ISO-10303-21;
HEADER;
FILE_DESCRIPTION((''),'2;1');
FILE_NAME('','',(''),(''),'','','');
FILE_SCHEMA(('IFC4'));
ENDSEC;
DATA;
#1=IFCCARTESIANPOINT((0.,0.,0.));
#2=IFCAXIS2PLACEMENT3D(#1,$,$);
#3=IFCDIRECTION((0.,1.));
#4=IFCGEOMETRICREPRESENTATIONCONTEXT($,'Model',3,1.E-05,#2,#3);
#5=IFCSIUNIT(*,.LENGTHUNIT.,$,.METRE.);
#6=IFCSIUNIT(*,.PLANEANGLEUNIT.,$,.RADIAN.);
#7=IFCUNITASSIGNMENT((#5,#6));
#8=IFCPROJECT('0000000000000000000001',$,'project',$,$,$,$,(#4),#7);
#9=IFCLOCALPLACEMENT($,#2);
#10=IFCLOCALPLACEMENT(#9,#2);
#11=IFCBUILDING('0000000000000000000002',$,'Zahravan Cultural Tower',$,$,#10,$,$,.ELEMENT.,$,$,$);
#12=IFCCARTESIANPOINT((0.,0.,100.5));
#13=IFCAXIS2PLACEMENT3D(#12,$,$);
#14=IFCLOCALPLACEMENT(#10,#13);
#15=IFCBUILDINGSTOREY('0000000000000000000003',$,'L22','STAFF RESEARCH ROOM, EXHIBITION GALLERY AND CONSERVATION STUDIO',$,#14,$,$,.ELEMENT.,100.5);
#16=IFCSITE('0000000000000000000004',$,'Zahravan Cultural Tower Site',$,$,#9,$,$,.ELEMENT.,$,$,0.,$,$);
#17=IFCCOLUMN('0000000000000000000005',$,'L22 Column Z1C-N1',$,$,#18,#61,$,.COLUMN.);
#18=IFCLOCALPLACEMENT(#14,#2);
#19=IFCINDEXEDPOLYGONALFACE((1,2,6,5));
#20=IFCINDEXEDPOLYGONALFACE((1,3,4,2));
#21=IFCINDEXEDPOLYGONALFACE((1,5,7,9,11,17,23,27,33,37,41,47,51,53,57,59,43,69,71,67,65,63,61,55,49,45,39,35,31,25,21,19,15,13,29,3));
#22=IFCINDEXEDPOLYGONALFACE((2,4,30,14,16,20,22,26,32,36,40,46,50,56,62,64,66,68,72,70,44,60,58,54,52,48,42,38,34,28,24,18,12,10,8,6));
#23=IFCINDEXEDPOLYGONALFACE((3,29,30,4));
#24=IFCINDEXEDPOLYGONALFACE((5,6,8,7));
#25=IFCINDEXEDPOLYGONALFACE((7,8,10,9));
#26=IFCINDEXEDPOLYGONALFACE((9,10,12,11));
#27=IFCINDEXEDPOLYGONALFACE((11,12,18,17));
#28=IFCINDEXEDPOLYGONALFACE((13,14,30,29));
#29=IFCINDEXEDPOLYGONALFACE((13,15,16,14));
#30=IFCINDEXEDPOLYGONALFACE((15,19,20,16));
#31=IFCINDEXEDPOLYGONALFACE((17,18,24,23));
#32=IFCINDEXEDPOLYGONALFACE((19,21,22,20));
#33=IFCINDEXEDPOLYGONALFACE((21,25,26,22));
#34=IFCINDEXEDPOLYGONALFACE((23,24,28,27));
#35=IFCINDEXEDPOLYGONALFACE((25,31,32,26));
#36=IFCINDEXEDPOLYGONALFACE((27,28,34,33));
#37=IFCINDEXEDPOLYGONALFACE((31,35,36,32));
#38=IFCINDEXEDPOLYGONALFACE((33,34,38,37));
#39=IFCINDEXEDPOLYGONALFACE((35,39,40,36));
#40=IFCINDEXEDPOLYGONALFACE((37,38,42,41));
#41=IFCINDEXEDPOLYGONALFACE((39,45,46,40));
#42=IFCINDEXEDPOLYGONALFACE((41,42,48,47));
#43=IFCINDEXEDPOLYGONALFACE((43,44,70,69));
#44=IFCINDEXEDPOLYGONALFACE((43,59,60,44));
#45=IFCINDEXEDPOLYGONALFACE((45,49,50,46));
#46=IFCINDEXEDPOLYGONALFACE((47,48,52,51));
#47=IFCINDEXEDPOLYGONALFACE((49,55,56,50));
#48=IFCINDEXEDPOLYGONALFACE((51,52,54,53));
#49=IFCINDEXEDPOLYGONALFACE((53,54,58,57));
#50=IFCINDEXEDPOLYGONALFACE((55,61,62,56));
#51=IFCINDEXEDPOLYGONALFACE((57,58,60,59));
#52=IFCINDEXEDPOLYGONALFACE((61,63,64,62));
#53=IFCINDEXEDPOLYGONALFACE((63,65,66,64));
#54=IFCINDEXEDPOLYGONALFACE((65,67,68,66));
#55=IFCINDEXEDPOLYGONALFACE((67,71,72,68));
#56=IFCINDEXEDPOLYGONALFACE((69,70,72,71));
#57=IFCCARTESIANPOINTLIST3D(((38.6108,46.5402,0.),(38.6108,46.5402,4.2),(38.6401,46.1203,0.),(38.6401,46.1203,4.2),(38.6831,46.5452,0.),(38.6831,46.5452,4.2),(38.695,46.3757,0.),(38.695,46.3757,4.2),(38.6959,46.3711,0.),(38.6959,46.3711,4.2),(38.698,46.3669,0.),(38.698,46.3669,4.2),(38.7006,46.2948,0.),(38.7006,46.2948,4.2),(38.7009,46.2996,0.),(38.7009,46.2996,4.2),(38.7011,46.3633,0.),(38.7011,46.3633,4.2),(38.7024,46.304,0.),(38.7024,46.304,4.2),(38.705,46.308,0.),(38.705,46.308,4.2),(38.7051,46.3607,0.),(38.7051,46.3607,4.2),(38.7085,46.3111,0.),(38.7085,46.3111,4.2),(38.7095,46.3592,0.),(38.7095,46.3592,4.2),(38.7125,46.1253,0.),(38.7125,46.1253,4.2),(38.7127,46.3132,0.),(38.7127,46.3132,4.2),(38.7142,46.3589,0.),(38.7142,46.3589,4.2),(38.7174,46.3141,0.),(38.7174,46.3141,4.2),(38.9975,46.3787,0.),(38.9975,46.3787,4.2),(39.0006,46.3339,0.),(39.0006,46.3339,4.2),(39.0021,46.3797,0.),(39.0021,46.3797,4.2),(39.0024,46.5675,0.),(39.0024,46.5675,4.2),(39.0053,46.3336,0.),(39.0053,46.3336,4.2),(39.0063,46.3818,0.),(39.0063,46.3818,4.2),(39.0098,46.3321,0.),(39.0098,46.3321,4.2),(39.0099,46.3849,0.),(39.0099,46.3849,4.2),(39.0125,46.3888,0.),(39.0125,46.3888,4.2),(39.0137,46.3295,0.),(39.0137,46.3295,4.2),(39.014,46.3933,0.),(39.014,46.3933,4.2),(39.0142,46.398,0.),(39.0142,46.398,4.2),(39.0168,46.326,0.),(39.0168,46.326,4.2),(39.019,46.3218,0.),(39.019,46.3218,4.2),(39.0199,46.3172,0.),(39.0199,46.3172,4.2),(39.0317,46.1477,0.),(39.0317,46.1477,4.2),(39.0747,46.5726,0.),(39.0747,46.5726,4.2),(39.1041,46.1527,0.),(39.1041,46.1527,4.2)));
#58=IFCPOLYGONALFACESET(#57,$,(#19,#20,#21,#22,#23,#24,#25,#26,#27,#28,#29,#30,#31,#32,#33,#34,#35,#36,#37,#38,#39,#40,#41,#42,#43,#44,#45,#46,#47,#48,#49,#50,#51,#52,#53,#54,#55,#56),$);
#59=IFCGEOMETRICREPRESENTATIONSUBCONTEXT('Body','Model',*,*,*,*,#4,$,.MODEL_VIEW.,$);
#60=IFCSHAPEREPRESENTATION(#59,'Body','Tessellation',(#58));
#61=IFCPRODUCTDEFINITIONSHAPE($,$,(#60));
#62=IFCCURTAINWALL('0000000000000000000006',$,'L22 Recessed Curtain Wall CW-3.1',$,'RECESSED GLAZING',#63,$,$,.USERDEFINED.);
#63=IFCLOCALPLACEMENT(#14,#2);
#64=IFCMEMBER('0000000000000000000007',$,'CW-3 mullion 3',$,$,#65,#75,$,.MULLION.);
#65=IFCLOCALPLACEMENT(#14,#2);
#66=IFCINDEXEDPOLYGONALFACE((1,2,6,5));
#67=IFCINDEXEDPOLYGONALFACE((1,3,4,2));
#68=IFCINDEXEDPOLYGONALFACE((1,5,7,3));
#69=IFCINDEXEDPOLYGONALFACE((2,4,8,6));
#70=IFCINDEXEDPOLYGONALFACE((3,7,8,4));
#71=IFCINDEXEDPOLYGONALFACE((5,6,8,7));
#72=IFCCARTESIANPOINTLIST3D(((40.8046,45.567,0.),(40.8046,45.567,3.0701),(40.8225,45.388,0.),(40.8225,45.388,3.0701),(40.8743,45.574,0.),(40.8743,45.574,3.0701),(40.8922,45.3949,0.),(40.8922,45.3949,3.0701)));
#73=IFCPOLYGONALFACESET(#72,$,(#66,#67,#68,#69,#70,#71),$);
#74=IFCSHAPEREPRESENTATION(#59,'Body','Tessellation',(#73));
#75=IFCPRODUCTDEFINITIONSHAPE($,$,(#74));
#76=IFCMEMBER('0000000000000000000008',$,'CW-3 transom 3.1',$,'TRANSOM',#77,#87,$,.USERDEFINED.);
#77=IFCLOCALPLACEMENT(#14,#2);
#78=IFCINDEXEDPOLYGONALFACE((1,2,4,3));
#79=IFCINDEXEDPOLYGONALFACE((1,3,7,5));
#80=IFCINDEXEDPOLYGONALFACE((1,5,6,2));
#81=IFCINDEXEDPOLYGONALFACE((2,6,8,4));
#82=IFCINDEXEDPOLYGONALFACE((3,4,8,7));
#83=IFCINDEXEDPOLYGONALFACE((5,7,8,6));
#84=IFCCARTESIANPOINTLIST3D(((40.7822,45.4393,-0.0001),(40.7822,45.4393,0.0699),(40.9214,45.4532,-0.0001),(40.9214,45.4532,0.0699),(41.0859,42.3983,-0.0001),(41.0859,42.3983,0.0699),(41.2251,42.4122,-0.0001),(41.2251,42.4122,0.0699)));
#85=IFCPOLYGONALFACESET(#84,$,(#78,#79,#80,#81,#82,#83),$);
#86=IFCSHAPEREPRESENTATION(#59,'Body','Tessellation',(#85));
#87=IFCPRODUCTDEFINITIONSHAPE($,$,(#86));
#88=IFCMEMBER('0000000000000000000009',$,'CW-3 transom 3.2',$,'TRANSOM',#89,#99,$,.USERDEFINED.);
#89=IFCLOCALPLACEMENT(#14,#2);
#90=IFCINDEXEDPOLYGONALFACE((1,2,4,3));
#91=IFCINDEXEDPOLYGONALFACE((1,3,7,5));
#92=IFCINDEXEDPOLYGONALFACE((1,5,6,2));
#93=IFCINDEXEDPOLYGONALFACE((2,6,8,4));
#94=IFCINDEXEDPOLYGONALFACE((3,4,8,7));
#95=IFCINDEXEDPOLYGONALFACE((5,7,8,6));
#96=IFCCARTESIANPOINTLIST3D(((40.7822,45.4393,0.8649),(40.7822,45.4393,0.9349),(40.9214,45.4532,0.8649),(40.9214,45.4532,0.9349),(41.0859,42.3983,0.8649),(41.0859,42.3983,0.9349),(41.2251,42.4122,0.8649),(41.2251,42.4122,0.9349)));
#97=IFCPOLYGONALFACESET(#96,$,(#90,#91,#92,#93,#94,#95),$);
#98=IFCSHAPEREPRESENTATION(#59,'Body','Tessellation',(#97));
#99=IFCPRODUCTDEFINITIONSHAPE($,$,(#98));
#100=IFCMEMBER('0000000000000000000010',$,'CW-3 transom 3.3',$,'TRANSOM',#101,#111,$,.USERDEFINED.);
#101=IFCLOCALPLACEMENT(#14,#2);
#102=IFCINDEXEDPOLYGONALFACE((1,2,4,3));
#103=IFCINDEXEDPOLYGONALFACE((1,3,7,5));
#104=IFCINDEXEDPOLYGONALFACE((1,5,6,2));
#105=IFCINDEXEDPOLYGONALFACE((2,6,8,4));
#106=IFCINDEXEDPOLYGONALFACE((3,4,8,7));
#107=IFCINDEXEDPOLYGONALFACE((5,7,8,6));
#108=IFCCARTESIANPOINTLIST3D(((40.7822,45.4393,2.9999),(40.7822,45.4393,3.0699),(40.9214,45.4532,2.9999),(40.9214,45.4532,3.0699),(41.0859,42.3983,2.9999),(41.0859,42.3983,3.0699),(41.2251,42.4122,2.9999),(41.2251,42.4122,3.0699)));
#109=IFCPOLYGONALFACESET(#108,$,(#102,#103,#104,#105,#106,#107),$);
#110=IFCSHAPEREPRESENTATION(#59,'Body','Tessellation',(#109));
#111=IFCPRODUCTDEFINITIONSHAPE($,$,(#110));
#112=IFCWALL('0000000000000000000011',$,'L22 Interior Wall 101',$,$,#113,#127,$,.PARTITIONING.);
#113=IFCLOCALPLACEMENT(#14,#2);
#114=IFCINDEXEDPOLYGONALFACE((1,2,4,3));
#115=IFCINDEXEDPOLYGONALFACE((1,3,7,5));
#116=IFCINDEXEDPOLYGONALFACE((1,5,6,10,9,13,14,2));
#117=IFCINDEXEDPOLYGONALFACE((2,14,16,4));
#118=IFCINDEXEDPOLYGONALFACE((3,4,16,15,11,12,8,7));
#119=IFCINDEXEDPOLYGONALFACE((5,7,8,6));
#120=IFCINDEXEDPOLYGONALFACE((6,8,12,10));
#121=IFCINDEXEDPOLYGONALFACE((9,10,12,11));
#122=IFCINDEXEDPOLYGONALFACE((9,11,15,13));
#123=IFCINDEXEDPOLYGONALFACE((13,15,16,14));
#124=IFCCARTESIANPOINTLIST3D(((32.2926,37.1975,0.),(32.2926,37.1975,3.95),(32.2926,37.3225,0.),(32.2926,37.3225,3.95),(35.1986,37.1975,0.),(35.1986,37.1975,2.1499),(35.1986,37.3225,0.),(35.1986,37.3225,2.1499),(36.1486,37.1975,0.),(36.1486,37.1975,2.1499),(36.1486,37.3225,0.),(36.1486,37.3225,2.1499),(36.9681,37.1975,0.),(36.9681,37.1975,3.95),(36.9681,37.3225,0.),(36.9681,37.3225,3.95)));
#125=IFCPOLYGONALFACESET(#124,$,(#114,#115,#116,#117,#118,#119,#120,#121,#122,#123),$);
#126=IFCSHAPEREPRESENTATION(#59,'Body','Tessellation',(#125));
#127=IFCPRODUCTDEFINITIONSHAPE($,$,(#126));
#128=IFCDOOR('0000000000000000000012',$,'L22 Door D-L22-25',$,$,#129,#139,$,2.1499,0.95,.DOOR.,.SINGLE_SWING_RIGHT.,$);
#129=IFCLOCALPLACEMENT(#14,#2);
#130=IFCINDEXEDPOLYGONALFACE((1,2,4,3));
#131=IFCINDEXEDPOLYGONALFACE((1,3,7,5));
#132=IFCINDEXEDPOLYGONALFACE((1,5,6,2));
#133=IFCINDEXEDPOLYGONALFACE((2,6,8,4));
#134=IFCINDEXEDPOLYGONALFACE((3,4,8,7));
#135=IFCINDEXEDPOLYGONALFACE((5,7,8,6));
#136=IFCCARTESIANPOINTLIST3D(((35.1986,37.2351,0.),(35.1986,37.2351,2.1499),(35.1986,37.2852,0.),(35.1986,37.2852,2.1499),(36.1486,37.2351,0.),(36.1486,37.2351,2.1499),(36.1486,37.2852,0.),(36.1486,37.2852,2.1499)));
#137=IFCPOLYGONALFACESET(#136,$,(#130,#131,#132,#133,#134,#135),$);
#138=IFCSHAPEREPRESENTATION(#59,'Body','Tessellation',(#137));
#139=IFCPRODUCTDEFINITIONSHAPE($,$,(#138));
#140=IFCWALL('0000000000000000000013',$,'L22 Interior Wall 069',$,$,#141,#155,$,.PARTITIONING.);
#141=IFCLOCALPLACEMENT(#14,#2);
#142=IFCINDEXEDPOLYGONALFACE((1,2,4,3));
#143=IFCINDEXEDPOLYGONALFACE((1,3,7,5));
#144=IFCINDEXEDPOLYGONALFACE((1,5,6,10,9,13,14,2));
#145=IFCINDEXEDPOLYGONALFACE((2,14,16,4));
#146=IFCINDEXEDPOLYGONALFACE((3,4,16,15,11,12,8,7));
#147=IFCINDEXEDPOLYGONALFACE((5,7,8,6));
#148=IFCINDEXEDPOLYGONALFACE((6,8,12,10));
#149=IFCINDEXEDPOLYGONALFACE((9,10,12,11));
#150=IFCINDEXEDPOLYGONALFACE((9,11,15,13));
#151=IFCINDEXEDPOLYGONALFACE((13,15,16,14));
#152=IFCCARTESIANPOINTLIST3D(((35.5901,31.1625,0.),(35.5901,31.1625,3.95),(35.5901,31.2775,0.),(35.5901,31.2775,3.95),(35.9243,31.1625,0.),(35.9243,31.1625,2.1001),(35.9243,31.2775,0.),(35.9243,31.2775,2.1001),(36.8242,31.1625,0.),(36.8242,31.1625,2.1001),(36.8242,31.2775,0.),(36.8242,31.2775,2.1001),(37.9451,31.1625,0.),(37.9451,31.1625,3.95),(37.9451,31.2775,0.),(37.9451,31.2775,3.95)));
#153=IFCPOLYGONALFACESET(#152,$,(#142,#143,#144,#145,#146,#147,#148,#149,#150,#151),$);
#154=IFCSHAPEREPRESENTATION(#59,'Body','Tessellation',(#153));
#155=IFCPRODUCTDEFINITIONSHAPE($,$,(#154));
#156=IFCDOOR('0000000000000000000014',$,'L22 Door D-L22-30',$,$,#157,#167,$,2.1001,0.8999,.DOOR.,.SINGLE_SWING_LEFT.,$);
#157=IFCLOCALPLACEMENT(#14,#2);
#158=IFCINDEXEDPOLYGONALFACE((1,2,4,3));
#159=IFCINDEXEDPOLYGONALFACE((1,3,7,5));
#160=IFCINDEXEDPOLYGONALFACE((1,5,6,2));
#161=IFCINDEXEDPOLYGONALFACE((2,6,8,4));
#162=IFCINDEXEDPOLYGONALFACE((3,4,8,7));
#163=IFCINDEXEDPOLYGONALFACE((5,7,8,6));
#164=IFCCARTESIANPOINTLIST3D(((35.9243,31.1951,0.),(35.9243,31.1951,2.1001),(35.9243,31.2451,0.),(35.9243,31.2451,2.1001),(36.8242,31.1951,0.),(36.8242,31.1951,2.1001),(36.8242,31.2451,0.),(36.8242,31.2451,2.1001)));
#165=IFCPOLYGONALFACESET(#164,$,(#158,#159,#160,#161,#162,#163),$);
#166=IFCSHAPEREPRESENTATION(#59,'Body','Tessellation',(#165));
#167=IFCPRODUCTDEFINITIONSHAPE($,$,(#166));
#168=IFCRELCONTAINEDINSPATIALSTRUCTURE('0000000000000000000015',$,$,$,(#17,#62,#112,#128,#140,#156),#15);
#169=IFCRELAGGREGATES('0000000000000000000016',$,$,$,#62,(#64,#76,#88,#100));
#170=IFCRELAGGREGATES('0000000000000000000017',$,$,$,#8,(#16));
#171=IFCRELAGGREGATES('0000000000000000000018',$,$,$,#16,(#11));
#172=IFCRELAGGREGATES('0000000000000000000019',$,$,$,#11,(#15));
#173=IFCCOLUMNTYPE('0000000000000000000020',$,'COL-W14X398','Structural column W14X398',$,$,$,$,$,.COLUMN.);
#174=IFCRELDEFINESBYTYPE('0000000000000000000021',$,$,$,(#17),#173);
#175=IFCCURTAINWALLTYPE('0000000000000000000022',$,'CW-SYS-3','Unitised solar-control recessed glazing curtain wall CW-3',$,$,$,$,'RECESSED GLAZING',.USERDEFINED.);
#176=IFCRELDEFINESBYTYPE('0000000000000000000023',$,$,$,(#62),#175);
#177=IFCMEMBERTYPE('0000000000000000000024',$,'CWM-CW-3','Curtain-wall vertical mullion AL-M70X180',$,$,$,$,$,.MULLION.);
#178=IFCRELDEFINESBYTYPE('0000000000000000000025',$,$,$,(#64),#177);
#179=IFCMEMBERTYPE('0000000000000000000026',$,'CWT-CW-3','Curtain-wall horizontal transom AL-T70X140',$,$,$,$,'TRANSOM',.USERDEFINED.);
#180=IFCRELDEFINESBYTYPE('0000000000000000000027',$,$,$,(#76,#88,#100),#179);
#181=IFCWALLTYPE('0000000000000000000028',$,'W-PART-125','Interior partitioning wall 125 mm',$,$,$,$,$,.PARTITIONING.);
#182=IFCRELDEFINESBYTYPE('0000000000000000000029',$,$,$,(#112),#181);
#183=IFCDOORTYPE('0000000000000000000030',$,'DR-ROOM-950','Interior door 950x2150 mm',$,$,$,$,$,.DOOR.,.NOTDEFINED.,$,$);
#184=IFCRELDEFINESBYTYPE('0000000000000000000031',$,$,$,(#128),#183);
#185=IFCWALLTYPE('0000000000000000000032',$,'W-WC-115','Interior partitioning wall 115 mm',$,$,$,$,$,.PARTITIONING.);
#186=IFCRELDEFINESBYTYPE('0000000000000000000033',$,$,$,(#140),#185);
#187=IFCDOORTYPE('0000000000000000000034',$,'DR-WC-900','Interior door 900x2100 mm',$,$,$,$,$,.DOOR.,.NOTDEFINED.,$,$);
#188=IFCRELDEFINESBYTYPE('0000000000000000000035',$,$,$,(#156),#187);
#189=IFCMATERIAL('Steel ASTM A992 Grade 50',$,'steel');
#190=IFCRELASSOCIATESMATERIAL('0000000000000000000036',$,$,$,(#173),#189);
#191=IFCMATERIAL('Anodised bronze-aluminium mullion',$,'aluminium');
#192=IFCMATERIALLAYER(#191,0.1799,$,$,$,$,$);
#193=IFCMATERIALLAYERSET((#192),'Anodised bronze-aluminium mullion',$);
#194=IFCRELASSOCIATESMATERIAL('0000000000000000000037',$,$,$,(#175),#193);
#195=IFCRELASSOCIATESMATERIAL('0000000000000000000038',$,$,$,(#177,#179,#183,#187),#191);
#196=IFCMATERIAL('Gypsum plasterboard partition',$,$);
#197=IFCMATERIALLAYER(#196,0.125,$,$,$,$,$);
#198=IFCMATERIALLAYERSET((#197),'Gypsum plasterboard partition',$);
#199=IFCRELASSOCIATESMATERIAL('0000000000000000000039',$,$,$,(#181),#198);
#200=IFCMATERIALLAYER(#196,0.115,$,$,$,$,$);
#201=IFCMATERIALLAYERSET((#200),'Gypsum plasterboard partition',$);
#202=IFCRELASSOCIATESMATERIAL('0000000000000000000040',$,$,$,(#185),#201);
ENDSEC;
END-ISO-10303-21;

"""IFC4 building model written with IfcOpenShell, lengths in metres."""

from ifc_helpers import new_model, si_unit, direction, frame, frame_2d, origin, origin_2d, place, context, subcontext, project, spatial, rectangle, i_section, extrude, source, transform, mapped, material, layer, layer_set, material_profile, profile_set, type_object, element, fill, aggregate, save


model = new_model("IFC4")

# Units and contexts
model_context = context("Model", 3, precision=1e-05, world=origin(), true_north=direction((0.0, 1.0)))
body_context = subcontext(model_context, "Body", "Model", "MODEL_VIEW")
ifc_project = project(units=[si_unit("LENGTHUNIT", "METRE"), si_unit("PLANEANGLEUNIT", "RADIAN")], contexts=[model_context])

# Site, building, storey
site_placement = place(None, origin())
site = spatial("IfcSite", under=ifc_project, at=site_placement, Name="Zahravan Cultural Tower Site", CompositionType="ELEMENT", RefElevation=0.0)
building_placement = place(site_placement, origin())
building = spatial("IfcBuilding", under=site, at=building_placement, Name="Zahravan Cultural Tower", CompositionType="ELEMENT")
storey_placement = place(building_placement, frame((0.0, 0.0, 100.5)))
storey = spatial("IfcBuildingStorey", under=building, at=storey_placement, Name="L22", Description="STAFF RESEARCH ROOM, EXHIBITION GALLERY AND CONSERVATION STUDIO", CompositionType="ELEMENT", Elevation=100.5)

# Column
ifc_material_1 = material(Name="Steel ASTM A992 Grade 50", Category="steel")
ifc_material_profile_1 = material_profile(ifc_material_1, i_section(OverallWidth=0.4209, OverallDepth=0.4651, WebThickness=0.0449, FlangeThickness=0.0725, FilletRadius=0.0181, at=origin_2d()), Name="W14X398")
ifc_profile_set_1 = profile_set([ifc_material_profile_1], Name="Steel ASTM A992 Grade 50")
column_type = type_object("IfcColumnType", Name="COL-W14X398", Description="Structural column W14X398", PredefinedType="COLUMN", material=ifc_profile_set_1)
shared_shape_1 = source(origin(), body_context, "Body", "SweptSolid", [
    extrude(i_section(OverallWidth=0.4209, OverallDepth=0.4651, WebThickness=0.0449, FlangeThickness=0.0725, FilletRadius=0.0181, at=origin_2d()), origin(), (0.0, 0.0, 1.0), 4.2),
])
column_placement = place(storey_placement, frame((38.8574, 46.3464, 0.0), z_axis=(0.0, 0.0, 1.0), x_axis=(-0.069756, 0.997564, 0.0)))
element("IfcColumn", 1, at=column_placement, inside=storey, type_object=column_type, Name="L22 Column Z1C-N1", PredefinedType="COLUMN", context=body_context, shape_type="MappedRepresentation", body=[
    mapped(shared_shape_1, transform((0.0, 0.0, 0.0), x_axis=(1.0, 0.0, 0.0), y_axis=(0.0, 1.0, 0.0), z_axis=(0.0, 0.0, 1.0), scale=1.0)),
])

# Curtain wall, members
ifc_material_2 = material(Name="Anodised bronze-aluminium mullion", Category="aluminium")
ifc_layer_1 = layer(ifc_material_2, 0.1799)
ifc_layer_set_1 = layer_set([ifc_layer_1], Name="Anodised bronze-aluminium mullion")
curtain_wall_type = type_object("IfcCurtainWallType", Name="CW-SYS-3", Description="Unitised solar-control recessed glazing curtain wall CW-3", ElementType="RECESSED GLAZING", PredefinedType="USERDEFINED", material=ifc_layer_set_1)
curtain_wall_placement = place(storey_placement, origin())
curtain_wall = element("IfcCurtainWall", 2, at=curtain_wall_placement, inside=storey, type_object=curtain_wall_type, Name="L22 Recessed Curtain Wall CW-3.1", ObjectType="RECESSED GLAZING", PredefinedType="USERDEFINED")
ifc_material_profile_2 = material_profile(ifc_material_2, rectangle(XDim=0.0701, YDim=0.1799, at=origin_2d()), Name="AL-M70X180")
ifc_profile_set_2 = profile_set([ifc_material_profile_2], Name="Anodised bronze-aluminium mullion")
member_type_1 = type_object("IfcMemberType", Name="CWM-CW-3", Description="Curtain-wall vertical mullion AL-M70X180", PredefinedType="MULLION", material=ifc_profile_set_2)
shared_shape_2 = source(origin(), body_context, "Body", "SweptSolid", [
    extrude(rectangle(XDim=0.0701, YDim=0.1799, at=origin_2d()), origin(), (0.0, 0.0, 1.0), 3.0701),
])
member_1_placement = place(storey_placement, frame((40.8484, 45.481, 0.0), z_axis=(0.0, 0.0, 1.0), x_axis=(0.995055, 0.099322, 0.0)))
member_1 = element("IfcMember", 3, at=member_1_placement, type_object=member_type_1, Name="CW-3 mullion 3", PredefinedType="MULLION", context=body_context, shape_type="MappedRepresentation", body=[
    mapped(shared_shape_2, transform((0.0, 0.0, 0.0), x_axis=(1.0, 0.0, 0.0), y_axis=(0.0, 1.0, 0.0), z_axis=(0.0, 0.0, 1.0), scale=1.0)),
])
ifc_material_profile_3 = material_profile(ifc_material_2, rectangle(XDim=0.1399, YDim=0.0701, at=origin_2d()), Name="AL-T70X140")
ifc_profile_set_3 = profile_set([ifc_material_profile_3], Name="Anodised bronze-aluminium mullion")
member_type_2 = type_object("IfcMemberType", Name="CWT-CW-3", Description="Curtain-wall horizontal transom AL-T70X140", ElementType="TRANSOM", PredefinedType="USERDEFINED", material=ifc_profile_set_3)
shared_shape_3 = source(origin(), body_context, "Body", "SweptSolid", [
    extrude(rectangle(XDim=0.1399, YDim=0.0701, at=origin_2d()), origin(), (0.0, 0.0, 1.0), 3.0562),
])
member_2_placement = place(storey_placement, frame((40.8518, 45.4463, 0.0349), z_axis=(0.099377, -0.99505, 0.0), x_axis=(0.99505, 0.099377, 0.0)))
member_2 = element("IfcMember", 4, at=member_2_placement, type_object=member_type_2, Name="CW-3 transom 3.1", ObjectType="TRANSOM", PredefinedType="USERDEFINED", context=body_context, shape_type="MappedRepresentation", body=[
    mapped(shared_shape_3, transform((0.0, 0.0, 0.0), x_axis=(1.0, 0.0, 0.0), y_axis=(0.0, 1.0, 0.0), z_axis=(0.0, 0.0, 1.0), scale=1.0)),
])
member_3_placement = place(storey_placement, frame((40.8518, 45.4463, 0.8999), z_axis=(0.099377, -0.99505, 0.0), x_axis=(0.99505, 0.099377, 0.0)))
member_3 = element("IfcMember", 5, at=member_3_placement, type_object=member_type_2, Name="CW-3 transom 3.2", ObjectType="TRANSOM", PredefinedType="USERDEFINED", context=body_context, shape_type="MappedRepresentation", body=[
    mapped(shared_shape_3, transform((0.0, 0.0, 0.0), x_axis=(1.0, 0.0, 0.0), y_axis=(0.0, 1.0, 0.0), z_axis=(0.0, 0.0, 1.0), scale=1.0)),
])
member_4_placement = place(storey_placement, frame((40.8518, 45.4463, 3.0349), z_axis=(0.099377, -0.99505, 0.0), x_axis=(0.99505, 0.099377, 0.0)))
member_4 = element("IfcMember", 6, at=member_4_placement, type_object=member_type_2, Name="CW-3 transom 3.3", ObjectType="TRANSOM", PredefinedType="USERDEFINED", context=body_context, shape_type="MappedRepresentation", body=[
    mapped(shared_shape_3, transform((0.0, 0.0, 0.0), x_axis=(1.0, 0.0, 0.0), y_axis=(0.0, 1.0, 0.0), z_axis=(0.0, 0.0, 1.0), scale=1.0)),
])
aggregate(curtain_wall, [member_1, member_2, member_3, member_4])

# Walls, openings, doors
ifc_material_3 = material(Name="Gypsum plasterboard partition")
ifc_layer_2 = layer(ifc_material_3, 0.125)
ifc_layer_set_2 = layer_set([ifc_layer_2], Name="Gypsum plasterboard partition")
wall_type_1 = type_object("IfcWallType", Name="W-PART-125", Description="Interior partitioning wall 125 mm", PredefinedType="PARTITIONING", material=ifc_layer_set_2)
door_type_1 = type_object("IfcDoorType", Name="DR-ROOM-950", Description="Interior door 950x2150 mm", OperationType="NOTDEFINED", PredefinedType="DOOR", material=ifc_material_2)
shared_shape_4 = source(origin(), body_context, "Body", "SweptSolid", [
    extrude(rectangle(XDim=0.95, YDim=2.1499, at=frame_2d((0.4751, 1.075))), frame((0.0, 0.0249, 0.0), z_axis=(0.0, -1.0, 0.0), x_axis=(1.0, 0.0, 0.0)), (0.0, 0.0, 1.0), 0.05),
])
wall_1_placement = place(storey_placement, frame((36.9683, 37.26, 0.0), z_axis=(0.0, 0.0, 1.0), x_axis=(-1.0, 0.0, 0.0)))
wall_1 = element("IfcWall", 7, at=wall_1_placement, inside=storey, type_object=wall_type_1, Name="L22 Interior Wall 101", PredefinedType="PARTITIONING", context=body_context, shape_type="SweptSolid", body=[
    extrude(rectangle(XDim=4.6755, YDim=0.125, at=frame_2d((2.3379, 0.0))), origin(), (0.0, 0.0, 1.0), 3.95),
])
opening_1_placement = place(wall_1_placement, frame((0.8196, 0.0, 0.0)))
opening_1 = element("IfcOpeningElement", 8, at=opening_1_placement, cuts=wall_1, PredefinedType="OPENING", context=body_context, shape_type="SweptSolid", body=[
    extrude(rectangle(XDim=0.95, YDim=2.1499, at=frame_2d((0.4751, 1.075))), frame((0.0, 0.0725, 0.0), z_axis=(0.0, -1.0, 0.0), x_axis=(1.0, 0.0, 0.0)), (0.0, 0.0, 1.0), 0.145),
])
door_1_placement = place(opening_1_placement, origin())
door_1 = element("IfcDoor", 9, at=door_1_placement, inside=storey, type_object=door_type_1, Name="L22 Door D-L22-25", OperationType="SINGLE_SWING_RIGHT", OverallHeight=2.1499, OverallWidth=0.95, PredefinedType="DOOR", context=body_context, shape_type="MappedRepresentation", body=[
    mapped(shared_shape_4, transform((0.0, 0.0, 0.0), x_axis=(1.0, 0.0, 0.0), y_axis=(0.0, 1.0, 0.0), z_axis=(0.0, 0.0, 1.0), scale=1.0)),
])
fill(opening_1, door_1)
ifc_layer_3 = layer(ifc_material_3, 0.115)
ifc_layer_set_3 = layer_set([ifc_layer_3], Name="Gypsum plasterboard partition")
wall_type_2 = type_object("IfcWallType", Name="W-WC-115", Description="Interior partitioning wall 115 mm", PredefinedType="PARTITIONING", material=ifc_layer_set_3)
wall_2_placement = place(storey_placement, frame((37.9451, 31.22, 0.0), z_axis=(0.0, 0.0, 1.0), x_axis=(-1.0, 0.0, 0.0)))
wall_2 = element("IfcWall", 10, at=wall_2_placement, inside=storey, type_object=wall_type_2, Name="L22 Interior Wall 069", PredefinedType="PARTITIONING", context=body_context, shape_type="SweptSolid", body=[
    extrude(rectangle(XDim=2.355, YDim=0.115, at=frame_2d((1.1775, 0.0))), origin(), (0.0, 0.0, 1.0), 3.95),
])
opening_2_placement = place(wall_2_placement, frame((1.1208, 0.0, 0.0)))
opening_2 = element("IfcOpeningElement", 11, at=opening_2_placement, cuts=wall_2, PredefinedType="OPENING", context=body_context, shape_type="SweptSolid", body=[
    extrude(rectangle(XDim=0.8999, YDim=2.1001, at=frame_2d((0.45, 1.05))), frame((0.0, 0.0674, 0.0), z_axis=(0.0, -1.0, 0.0), x_axis=(1.0, 0.0, 0.0)), (0.0, 0.0, 1.0), 0.135),
])
door_type_2 = type_object("IfcDoorType", Name="DR-WC-900", Description="Interior door 900x2100 mm", OperationType="NOTDEFINED", PredefinedType="DOOR", material=ifc_material_2)
shared_shape_5 = source(origin(), body_context, "Body", "SweptSolid", [
    extrude(rectangle(XDim=0.8999, YDim=2.1001, at=frame_2d((0.45, 1.05))), frame((0.0, 0.0249, 0.0), z_axis=(0.0, -1.0, 0.0), x_axis=(1.0, 0.0, 0.0)), (0.0, 0.0, 1.0), 0.05),
])
door_2_placement = place(opening_2_placement, origin())
door_2 = element("IfcDoor", 12, at=door_2_placement, inside=storey, type_object=door_type_2, Name="L22 Door D-L22-30", OperationType="SINGLE_SWING_LEFT", OverallHeight=2.1001, OverallWidth=0.8999, PredefinedType="DOOR", context=body_context, shape_type="MappedRepresentation", body=[
    mapped(shared_shape_5, transform((0.0, 0.0, 0.0), x_axis=(1.0, 0.0, 0.0), y_axis=(0.0, 1.0, 0.0), z_axis=(0.0, 0.0, 1.0), scale=1.0)),
])
fill(opening_2, door_2)

save(model, "model.ifc")
